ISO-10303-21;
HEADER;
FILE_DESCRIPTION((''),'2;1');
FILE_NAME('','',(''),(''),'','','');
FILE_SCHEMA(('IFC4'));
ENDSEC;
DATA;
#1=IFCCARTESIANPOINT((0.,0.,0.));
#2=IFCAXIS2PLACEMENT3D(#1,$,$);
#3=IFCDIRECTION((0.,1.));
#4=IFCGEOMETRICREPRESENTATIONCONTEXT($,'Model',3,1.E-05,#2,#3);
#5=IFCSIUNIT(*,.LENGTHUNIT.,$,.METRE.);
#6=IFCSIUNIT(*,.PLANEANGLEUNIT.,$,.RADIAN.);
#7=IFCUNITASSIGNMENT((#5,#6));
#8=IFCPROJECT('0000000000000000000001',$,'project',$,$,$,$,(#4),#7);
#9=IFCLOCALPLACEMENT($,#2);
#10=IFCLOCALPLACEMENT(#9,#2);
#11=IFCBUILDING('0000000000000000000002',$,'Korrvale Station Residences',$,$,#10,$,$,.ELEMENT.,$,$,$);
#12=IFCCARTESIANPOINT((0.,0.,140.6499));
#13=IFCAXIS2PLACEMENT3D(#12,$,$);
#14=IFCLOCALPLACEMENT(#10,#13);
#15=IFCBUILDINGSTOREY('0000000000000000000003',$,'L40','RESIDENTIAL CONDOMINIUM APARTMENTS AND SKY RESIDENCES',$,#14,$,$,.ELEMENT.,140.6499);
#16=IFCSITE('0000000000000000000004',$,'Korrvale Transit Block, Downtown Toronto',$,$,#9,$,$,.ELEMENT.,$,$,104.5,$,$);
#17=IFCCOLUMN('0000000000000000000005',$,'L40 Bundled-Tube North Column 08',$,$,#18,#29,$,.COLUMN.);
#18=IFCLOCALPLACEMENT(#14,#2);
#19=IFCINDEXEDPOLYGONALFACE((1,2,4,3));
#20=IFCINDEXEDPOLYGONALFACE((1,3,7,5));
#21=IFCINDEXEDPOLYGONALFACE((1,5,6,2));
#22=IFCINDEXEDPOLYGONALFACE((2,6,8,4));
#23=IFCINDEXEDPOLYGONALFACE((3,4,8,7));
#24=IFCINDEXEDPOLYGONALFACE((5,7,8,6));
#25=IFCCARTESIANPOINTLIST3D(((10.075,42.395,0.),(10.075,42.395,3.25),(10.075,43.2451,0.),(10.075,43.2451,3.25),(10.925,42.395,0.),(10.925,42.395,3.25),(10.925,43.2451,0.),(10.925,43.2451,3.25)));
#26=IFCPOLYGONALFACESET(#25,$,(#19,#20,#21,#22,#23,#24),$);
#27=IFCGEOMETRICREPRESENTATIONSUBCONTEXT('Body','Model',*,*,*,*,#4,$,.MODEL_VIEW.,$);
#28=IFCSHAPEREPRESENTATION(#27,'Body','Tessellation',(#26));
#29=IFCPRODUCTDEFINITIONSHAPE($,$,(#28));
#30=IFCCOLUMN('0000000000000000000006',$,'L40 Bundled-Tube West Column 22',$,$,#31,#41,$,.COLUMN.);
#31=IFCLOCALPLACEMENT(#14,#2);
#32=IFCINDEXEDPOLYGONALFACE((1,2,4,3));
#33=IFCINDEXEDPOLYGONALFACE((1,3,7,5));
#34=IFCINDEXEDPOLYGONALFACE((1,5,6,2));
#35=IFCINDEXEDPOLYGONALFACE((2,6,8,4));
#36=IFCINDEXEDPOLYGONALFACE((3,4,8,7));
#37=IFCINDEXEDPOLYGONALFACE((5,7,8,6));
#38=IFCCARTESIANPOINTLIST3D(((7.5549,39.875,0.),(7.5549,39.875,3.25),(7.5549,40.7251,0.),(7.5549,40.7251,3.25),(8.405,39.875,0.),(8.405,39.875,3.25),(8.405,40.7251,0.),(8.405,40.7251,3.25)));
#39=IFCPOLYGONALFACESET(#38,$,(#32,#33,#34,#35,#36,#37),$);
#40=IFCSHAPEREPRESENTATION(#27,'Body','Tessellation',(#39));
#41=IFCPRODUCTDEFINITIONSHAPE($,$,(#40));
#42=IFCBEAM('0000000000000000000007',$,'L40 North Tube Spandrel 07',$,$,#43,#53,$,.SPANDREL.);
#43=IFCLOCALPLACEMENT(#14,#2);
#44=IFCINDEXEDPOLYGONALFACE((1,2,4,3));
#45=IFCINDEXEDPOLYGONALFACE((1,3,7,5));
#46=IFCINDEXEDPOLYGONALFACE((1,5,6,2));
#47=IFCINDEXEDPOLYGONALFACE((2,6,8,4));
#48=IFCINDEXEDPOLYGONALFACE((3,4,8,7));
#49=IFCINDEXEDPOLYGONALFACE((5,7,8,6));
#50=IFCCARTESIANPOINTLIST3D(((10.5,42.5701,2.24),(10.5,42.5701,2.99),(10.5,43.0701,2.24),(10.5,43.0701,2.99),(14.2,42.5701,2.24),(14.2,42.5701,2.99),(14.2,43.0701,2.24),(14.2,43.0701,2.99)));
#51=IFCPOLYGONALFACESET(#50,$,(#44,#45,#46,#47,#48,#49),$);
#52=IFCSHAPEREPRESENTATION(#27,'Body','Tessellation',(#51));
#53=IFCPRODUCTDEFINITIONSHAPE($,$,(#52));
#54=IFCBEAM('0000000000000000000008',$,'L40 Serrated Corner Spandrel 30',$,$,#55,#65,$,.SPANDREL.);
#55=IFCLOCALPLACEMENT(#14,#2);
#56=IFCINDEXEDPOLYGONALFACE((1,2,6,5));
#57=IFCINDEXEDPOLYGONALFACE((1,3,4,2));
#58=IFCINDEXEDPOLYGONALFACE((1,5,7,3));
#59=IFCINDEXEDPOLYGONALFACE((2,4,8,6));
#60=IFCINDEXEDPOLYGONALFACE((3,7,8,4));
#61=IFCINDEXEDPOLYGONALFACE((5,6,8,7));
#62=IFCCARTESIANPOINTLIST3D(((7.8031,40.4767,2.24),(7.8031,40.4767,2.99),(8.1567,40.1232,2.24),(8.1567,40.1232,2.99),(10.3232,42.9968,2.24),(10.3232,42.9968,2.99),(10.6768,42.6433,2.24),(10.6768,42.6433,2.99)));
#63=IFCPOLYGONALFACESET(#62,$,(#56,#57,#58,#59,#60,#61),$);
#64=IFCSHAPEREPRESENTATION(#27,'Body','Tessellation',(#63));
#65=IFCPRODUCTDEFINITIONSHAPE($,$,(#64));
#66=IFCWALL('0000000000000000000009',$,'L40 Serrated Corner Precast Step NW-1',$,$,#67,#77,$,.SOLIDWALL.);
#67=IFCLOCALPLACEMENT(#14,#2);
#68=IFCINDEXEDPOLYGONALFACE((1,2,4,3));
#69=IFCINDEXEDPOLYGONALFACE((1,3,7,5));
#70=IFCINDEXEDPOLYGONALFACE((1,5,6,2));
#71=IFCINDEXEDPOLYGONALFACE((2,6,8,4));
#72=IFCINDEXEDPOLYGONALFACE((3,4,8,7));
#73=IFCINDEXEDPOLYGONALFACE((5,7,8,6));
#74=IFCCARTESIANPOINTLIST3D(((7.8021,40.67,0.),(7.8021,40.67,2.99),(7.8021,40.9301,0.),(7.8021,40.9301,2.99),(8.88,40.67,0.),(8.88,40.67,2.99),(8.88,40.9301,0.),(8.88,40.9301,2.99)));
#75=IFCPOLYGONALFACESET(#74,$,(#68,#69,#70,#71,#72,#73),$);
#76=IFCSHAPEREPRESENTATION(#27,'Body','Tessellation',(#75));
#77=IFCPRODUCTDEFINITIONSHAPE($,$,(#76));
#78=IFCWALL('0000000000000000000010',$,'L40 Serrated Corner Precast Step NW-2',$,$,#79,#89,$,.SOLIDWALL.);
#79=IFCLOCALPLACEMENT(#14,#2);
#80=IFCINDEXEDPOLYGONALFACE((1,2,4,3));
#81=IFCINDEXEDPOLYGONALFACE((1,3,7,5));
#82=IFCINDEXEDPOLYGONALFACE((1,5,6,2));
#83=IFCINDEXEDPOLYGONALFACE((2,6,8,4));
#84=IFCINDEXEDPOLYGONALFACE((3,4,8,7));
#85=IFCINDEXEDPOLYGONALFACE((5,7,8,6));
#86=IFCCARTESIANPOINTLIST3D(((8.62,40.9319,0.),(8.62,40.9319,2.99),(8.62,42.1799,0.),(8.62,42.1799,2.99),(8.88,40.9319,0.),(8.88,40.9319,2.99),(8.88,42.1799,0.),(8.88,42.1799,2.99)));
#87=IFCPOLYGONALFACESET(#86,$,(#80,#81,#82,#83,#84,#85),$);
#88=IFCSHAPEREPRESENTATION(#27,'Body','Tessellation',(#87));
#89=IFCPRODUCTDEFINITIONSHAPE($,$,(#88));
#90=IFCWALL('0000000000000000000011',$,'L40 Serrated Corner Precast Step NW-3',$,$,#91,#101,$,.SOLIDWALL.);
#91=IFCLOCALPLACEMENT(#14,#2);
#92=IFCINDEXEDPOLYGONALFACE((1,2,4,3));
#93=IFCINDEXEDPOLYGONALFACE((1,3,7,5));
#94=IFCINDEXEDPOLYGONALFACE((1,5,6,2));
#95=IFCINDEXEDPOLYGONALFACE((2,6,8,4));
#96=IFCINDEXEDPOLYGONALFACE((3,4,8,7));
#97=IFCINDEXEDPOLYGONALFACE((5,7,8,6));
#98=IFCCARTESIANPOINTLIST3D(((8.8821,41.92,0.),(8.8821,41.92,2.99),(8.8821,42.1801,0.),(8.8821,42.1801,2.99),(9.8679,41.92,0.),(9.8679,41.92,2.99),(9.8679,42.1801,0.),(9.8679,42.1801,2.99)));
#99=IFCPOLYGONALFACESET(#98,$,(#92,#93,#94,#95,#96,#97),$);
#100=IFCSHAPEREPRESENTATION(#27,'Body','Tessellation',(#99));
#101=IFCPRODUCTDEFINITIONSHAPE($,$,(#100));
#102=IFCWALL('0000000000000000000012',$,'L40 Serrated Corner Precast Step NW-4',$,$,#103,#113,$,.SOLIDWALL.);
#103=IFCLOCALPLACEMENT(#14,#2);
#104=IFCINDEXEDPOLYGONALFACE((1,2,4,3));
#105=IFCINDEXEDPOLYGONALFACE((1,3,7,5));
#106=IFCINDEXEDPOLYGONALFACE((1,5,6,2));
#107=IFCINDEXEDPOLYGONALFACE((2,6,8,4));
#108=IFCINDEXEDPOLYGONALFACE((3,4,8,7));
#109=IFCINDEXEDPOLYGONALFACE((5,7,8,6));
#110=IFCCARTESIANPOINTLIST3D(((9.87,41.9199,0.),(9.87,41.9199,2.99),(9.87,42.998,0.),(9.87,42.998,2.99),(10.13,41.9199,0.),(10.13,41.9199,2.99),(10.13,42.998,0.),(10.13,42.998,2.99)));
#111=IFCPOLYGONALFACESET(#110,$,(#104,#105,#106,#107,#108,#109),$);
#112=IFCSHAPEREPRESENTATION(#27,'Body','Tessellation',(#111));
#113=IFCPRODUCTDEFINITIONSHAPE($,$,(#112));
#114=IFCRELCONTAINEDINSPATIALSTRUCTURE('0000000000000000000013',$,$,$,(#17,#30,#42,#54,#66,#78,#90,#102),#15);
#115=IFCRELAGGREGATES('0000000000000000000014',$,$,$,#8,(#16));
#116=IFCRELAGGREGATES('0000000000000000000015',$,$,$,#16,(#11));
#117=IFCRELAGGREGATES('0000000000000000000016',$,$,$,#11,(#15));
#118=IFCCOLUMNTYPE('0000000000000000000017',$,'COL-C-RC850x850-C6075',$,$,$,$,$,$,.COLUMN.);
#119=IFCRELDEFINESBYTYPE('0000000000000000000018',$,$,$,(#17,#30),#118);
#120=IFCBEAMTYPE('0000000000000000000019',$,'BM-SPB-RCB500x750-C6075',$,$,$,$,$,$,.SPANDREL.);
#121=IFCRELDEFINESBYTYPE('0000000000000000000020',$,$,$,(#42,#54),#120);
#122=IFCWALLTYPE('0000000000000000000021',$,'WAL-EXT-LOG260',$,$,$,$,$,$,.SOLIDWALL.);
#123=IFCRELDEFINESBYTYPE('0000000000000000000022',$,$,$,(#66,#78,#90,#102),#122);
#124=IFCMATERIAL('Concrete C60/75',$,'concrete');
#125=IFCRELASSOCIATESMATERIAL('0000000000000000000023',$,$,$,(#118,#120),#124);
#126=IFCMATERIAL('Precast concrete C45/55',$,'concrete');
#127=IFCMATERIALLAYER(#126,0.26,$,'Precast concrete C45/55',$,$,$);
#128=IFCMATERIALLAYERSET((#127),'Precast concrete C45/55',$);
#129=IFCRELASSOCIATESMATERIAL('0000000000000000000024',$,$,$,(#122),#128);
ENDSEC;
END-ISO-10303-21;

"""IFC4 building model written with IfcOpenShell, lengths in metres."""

from ifc_helpers import new_model, si_unit, direction, frame, frame_2d, origin, origin_2d, place, context, subcontext, project, spatial, rectangle, extrude, material, layer, layer_set, material_profile, profile_set, type_object, element, save


model = new_model("IFC4")

# Units and contexts
model_context = context("Model", 3, precision=1e-05, world=origin(), true_north=direction((0.0, 1.0)))
body_context = subcontext(model_context, "Body", "Model", "MODEL_VIEW")
ifc_project = project(units=[si_unit("LENGTHUNIT", "METRE"), si_unit("PLANEANGLEUNIT", "RADIAN")], contexts=[model_context])

# Site, building, storey
site_placement = place(None, origin())
site = spatial("IfcSite", under=ifc_project, at=site_placement, Name="Korrvale Transit Block, Downtown Toronto", CompositionType="ELEMENT", RefElevation=104.5)
building_placement = place(site_placement, origin())
building = spatial("IfcBuilding", under=site, at=building_placement, Name="Korrvale Station Residences", CompositionType="ELEMENT")
storey_placement = place(building_placement, frame((0.0, 0.0, 140.6499)))
storey = spatial("IfcBuildingStorey", under=building, at=storey_placement, Name="L40", Description="RESIDENTIAL CONDOMINIUM APARTMENTS AND SKY RESIDENCES", CompositionType="ELEMENT", Elevation=140.6499)

# Columns
ifc_material_1 = material(Name="Concrete C60/75", Category="concrete")
ifc_material_profile_1 = material_profile(ifc_material_1, rectangle(XDim=0.8501, YDim=0.8501, at=origin_2d()), Name="RC850x850")
ifc_profile_set_1 = profile_set([ifc_material_profile_1], Name="Concrete C60/75")
column_type = type_object("IfcColumnType", Name="COL-C-RC850x850-C6075", PredefinedType="COLUMN", material=ifc_profile_set_1)
for number, where, z_axis, x_axis, name in (
    (1, (10.5, 42.8201, 0.0), (0.0, 0.0, 1.0), (1.0, 0.0, 0.0), "L40 Bundled-Tube North Column 08"),
    (2, (7.98, 40.3, 0.0), (0.0, 0.0, 1.0), (1.0, 0.0, 0.0), "L40 Bundled-Tube West Column 22"),
):
    element("IfcColumn", number, at=place(storey_placement, frame(where, z_axis=z_axis, x_axis=x_axis)), inside=storey, type_object=column_type, Name=name, PredefinedType="COLUMN", context=body_context, shape_type="SweptSolid", body=[
        extrude(rectangle(XDim=0.8501, YDim=0.8501, at=origin_2d()), origin(), (0.0, 0.0, 1.0), 3.25),
    ])

# Beams
ifc_material_profile_2 = material_profile(ifc_material_1, rectangle(XDim=0.5, YDim=0.75, at=origin_2d()), Name="RCB500x750")
ifc_profile_set_2 = profile_set([ifc_material_profile_2], Name="Concrete C60/75")
beam_type = type_object("IfcBeamType", Name="BM-SPB-RCB500x750-C6075", PredefinedType="SPANDREL", material=ifc_profile_set_2)
beam_1_placement = place(storey_placement, frame((10.5, 42.8201, 2.615), z_axis=(1.0, 0.0, 0.0), x_axis=(0.0, 1.0, 0.0)))
element("IfcBeam", 3, at=beam_1_placement, inside=storey, type_object=beam_type, Name="L40 North Tube Spandrel 07", PredefinedType="SPANDREL", context=body_context, shape_type="SweptSolid", body=[
    extrude(rectangle(XDim=0.5, YDim=0.75, at=origin_2d()), origin(), (0.0, 0.0, 1.0), 3.7),
])
beam_2_placement = place(storey_placement, frame((10.5, 42.8201, 2.615), z_axis=(-0.707107, -0.707107, 0.0), x_axis=(0.707107, -0.707107, 0.0)))
element("IfcBeam", 4, at=beam_2_placement, inside=storey, type_object=beam_type, Name="L40 Serrated Corner Spandrel 30", PredefinedType="SPANDREL", context=body_context, shape_type="SweptSolid", body=[
    extrude(rectangle(XDim=0.5, YDim=0.75, at=origin_2d()), origin(), (0.0, 0.0, 1.0), 3.564),
])

# Walls
ifc_material_2 = material(Name="Precast concrete C45/55", Category="concrete")
ifc_layer_1 = layer(ifc_material_2, 0.26, Name="Precast concrete C45/55")
ifc_layer_set_1 = layer_set([ifc_layer_1], Name="Precast concrete C45/55")
wall_type_1 = type_object("IfcWallType", Name="WAL-EXT-LOG260", PredefinedType="SOLIDWALL", material=ifc_layer_set_1)
wall_1_placement = place(storey_placement, frame((7.802, 40.8, 0.0), z_axis=(0.0, 0.0, 1.0), x_axis=(1.0, 0.0, 0.0)))
element("IfcWall", 5, at=wall_1_placement, inside=storey, type_object=wall_type_1, Name="L40 Serrated Corner Precast Step NW-1", PredefinedType="SOLIDWALL", context=body_context, shape_type="SweptSolid", body=[
    extrude(rectangle(XDim=1.0779, YDim=0.26, at=frame_2d((0.5391, 0.0))), origin(), (0.0, 0.0, 1.0), 2.99),
])
wall_2_placement = place(storey_placement, frame((8.75, 40.9319, 0.0), z_axis=(0.0, 0.0, 1.0), x_axis=(0.0, 1.0, 0.0)))
element("IfcWall", 6, at=wall_2_placement, inside=storey, type_object=wall_type_1, Name="L40 Serrated Corner Precast Step NW-2", PredefinedType="SOLIDWALL", context=body_context, shape_type="SweptSolid", body=[
    extrude(rectangle(XDim=1.248, YDim=0.26, at=frame_2d((0.624, 0.0))), origin(), (0.0, 0.0, 1.0), 2.99),
])
wall_3_placement = place(storey_placement, frame((8.8821, 42.05, 0.0), z_axis=(0.0, 0.0, 1.0), x_axis=(1.0, 0.0, 0.0)))
element("IfcWall", 7, at=wall_3_placement, inside=storey, type_object=wall_type_1, Name="L40 Serrated Corner Precast Step NW-3", PredefinedType="SOLIDWALL", context=body_context, shape_type="SweptSolid", body=[
    extrude(rectangle(XDim=0.9858, YDim=0.26, at=frame_2d((0.4929, 0.0))), origin(), (0.0, 0.0, 1.0), 2.99),
])
wall_4_placement = place(storey_placement, frame((10.0, 41.9199, 0.0), z_axis=(0.0, 0.0, 1.0), x_axis=(0.0, 1.0, 0.0)))
element("IfcWall", 8, at=wall_4_placement, inside=storey, type_object=wall_type_1, Name="L40 Serrated Corner Precast Step NW-4", PredefinedType="SOLIDWALL", context=body_context, shape_type="SweptSolid", body=[
    extrude(rectangle(XDim=1.0781, YDim=0.26, at=frame_2d((0.5391, 0.0))), origin(), (0.0, 0.0, 1.0), 2.99),
])

save(model, "model.ifc")
